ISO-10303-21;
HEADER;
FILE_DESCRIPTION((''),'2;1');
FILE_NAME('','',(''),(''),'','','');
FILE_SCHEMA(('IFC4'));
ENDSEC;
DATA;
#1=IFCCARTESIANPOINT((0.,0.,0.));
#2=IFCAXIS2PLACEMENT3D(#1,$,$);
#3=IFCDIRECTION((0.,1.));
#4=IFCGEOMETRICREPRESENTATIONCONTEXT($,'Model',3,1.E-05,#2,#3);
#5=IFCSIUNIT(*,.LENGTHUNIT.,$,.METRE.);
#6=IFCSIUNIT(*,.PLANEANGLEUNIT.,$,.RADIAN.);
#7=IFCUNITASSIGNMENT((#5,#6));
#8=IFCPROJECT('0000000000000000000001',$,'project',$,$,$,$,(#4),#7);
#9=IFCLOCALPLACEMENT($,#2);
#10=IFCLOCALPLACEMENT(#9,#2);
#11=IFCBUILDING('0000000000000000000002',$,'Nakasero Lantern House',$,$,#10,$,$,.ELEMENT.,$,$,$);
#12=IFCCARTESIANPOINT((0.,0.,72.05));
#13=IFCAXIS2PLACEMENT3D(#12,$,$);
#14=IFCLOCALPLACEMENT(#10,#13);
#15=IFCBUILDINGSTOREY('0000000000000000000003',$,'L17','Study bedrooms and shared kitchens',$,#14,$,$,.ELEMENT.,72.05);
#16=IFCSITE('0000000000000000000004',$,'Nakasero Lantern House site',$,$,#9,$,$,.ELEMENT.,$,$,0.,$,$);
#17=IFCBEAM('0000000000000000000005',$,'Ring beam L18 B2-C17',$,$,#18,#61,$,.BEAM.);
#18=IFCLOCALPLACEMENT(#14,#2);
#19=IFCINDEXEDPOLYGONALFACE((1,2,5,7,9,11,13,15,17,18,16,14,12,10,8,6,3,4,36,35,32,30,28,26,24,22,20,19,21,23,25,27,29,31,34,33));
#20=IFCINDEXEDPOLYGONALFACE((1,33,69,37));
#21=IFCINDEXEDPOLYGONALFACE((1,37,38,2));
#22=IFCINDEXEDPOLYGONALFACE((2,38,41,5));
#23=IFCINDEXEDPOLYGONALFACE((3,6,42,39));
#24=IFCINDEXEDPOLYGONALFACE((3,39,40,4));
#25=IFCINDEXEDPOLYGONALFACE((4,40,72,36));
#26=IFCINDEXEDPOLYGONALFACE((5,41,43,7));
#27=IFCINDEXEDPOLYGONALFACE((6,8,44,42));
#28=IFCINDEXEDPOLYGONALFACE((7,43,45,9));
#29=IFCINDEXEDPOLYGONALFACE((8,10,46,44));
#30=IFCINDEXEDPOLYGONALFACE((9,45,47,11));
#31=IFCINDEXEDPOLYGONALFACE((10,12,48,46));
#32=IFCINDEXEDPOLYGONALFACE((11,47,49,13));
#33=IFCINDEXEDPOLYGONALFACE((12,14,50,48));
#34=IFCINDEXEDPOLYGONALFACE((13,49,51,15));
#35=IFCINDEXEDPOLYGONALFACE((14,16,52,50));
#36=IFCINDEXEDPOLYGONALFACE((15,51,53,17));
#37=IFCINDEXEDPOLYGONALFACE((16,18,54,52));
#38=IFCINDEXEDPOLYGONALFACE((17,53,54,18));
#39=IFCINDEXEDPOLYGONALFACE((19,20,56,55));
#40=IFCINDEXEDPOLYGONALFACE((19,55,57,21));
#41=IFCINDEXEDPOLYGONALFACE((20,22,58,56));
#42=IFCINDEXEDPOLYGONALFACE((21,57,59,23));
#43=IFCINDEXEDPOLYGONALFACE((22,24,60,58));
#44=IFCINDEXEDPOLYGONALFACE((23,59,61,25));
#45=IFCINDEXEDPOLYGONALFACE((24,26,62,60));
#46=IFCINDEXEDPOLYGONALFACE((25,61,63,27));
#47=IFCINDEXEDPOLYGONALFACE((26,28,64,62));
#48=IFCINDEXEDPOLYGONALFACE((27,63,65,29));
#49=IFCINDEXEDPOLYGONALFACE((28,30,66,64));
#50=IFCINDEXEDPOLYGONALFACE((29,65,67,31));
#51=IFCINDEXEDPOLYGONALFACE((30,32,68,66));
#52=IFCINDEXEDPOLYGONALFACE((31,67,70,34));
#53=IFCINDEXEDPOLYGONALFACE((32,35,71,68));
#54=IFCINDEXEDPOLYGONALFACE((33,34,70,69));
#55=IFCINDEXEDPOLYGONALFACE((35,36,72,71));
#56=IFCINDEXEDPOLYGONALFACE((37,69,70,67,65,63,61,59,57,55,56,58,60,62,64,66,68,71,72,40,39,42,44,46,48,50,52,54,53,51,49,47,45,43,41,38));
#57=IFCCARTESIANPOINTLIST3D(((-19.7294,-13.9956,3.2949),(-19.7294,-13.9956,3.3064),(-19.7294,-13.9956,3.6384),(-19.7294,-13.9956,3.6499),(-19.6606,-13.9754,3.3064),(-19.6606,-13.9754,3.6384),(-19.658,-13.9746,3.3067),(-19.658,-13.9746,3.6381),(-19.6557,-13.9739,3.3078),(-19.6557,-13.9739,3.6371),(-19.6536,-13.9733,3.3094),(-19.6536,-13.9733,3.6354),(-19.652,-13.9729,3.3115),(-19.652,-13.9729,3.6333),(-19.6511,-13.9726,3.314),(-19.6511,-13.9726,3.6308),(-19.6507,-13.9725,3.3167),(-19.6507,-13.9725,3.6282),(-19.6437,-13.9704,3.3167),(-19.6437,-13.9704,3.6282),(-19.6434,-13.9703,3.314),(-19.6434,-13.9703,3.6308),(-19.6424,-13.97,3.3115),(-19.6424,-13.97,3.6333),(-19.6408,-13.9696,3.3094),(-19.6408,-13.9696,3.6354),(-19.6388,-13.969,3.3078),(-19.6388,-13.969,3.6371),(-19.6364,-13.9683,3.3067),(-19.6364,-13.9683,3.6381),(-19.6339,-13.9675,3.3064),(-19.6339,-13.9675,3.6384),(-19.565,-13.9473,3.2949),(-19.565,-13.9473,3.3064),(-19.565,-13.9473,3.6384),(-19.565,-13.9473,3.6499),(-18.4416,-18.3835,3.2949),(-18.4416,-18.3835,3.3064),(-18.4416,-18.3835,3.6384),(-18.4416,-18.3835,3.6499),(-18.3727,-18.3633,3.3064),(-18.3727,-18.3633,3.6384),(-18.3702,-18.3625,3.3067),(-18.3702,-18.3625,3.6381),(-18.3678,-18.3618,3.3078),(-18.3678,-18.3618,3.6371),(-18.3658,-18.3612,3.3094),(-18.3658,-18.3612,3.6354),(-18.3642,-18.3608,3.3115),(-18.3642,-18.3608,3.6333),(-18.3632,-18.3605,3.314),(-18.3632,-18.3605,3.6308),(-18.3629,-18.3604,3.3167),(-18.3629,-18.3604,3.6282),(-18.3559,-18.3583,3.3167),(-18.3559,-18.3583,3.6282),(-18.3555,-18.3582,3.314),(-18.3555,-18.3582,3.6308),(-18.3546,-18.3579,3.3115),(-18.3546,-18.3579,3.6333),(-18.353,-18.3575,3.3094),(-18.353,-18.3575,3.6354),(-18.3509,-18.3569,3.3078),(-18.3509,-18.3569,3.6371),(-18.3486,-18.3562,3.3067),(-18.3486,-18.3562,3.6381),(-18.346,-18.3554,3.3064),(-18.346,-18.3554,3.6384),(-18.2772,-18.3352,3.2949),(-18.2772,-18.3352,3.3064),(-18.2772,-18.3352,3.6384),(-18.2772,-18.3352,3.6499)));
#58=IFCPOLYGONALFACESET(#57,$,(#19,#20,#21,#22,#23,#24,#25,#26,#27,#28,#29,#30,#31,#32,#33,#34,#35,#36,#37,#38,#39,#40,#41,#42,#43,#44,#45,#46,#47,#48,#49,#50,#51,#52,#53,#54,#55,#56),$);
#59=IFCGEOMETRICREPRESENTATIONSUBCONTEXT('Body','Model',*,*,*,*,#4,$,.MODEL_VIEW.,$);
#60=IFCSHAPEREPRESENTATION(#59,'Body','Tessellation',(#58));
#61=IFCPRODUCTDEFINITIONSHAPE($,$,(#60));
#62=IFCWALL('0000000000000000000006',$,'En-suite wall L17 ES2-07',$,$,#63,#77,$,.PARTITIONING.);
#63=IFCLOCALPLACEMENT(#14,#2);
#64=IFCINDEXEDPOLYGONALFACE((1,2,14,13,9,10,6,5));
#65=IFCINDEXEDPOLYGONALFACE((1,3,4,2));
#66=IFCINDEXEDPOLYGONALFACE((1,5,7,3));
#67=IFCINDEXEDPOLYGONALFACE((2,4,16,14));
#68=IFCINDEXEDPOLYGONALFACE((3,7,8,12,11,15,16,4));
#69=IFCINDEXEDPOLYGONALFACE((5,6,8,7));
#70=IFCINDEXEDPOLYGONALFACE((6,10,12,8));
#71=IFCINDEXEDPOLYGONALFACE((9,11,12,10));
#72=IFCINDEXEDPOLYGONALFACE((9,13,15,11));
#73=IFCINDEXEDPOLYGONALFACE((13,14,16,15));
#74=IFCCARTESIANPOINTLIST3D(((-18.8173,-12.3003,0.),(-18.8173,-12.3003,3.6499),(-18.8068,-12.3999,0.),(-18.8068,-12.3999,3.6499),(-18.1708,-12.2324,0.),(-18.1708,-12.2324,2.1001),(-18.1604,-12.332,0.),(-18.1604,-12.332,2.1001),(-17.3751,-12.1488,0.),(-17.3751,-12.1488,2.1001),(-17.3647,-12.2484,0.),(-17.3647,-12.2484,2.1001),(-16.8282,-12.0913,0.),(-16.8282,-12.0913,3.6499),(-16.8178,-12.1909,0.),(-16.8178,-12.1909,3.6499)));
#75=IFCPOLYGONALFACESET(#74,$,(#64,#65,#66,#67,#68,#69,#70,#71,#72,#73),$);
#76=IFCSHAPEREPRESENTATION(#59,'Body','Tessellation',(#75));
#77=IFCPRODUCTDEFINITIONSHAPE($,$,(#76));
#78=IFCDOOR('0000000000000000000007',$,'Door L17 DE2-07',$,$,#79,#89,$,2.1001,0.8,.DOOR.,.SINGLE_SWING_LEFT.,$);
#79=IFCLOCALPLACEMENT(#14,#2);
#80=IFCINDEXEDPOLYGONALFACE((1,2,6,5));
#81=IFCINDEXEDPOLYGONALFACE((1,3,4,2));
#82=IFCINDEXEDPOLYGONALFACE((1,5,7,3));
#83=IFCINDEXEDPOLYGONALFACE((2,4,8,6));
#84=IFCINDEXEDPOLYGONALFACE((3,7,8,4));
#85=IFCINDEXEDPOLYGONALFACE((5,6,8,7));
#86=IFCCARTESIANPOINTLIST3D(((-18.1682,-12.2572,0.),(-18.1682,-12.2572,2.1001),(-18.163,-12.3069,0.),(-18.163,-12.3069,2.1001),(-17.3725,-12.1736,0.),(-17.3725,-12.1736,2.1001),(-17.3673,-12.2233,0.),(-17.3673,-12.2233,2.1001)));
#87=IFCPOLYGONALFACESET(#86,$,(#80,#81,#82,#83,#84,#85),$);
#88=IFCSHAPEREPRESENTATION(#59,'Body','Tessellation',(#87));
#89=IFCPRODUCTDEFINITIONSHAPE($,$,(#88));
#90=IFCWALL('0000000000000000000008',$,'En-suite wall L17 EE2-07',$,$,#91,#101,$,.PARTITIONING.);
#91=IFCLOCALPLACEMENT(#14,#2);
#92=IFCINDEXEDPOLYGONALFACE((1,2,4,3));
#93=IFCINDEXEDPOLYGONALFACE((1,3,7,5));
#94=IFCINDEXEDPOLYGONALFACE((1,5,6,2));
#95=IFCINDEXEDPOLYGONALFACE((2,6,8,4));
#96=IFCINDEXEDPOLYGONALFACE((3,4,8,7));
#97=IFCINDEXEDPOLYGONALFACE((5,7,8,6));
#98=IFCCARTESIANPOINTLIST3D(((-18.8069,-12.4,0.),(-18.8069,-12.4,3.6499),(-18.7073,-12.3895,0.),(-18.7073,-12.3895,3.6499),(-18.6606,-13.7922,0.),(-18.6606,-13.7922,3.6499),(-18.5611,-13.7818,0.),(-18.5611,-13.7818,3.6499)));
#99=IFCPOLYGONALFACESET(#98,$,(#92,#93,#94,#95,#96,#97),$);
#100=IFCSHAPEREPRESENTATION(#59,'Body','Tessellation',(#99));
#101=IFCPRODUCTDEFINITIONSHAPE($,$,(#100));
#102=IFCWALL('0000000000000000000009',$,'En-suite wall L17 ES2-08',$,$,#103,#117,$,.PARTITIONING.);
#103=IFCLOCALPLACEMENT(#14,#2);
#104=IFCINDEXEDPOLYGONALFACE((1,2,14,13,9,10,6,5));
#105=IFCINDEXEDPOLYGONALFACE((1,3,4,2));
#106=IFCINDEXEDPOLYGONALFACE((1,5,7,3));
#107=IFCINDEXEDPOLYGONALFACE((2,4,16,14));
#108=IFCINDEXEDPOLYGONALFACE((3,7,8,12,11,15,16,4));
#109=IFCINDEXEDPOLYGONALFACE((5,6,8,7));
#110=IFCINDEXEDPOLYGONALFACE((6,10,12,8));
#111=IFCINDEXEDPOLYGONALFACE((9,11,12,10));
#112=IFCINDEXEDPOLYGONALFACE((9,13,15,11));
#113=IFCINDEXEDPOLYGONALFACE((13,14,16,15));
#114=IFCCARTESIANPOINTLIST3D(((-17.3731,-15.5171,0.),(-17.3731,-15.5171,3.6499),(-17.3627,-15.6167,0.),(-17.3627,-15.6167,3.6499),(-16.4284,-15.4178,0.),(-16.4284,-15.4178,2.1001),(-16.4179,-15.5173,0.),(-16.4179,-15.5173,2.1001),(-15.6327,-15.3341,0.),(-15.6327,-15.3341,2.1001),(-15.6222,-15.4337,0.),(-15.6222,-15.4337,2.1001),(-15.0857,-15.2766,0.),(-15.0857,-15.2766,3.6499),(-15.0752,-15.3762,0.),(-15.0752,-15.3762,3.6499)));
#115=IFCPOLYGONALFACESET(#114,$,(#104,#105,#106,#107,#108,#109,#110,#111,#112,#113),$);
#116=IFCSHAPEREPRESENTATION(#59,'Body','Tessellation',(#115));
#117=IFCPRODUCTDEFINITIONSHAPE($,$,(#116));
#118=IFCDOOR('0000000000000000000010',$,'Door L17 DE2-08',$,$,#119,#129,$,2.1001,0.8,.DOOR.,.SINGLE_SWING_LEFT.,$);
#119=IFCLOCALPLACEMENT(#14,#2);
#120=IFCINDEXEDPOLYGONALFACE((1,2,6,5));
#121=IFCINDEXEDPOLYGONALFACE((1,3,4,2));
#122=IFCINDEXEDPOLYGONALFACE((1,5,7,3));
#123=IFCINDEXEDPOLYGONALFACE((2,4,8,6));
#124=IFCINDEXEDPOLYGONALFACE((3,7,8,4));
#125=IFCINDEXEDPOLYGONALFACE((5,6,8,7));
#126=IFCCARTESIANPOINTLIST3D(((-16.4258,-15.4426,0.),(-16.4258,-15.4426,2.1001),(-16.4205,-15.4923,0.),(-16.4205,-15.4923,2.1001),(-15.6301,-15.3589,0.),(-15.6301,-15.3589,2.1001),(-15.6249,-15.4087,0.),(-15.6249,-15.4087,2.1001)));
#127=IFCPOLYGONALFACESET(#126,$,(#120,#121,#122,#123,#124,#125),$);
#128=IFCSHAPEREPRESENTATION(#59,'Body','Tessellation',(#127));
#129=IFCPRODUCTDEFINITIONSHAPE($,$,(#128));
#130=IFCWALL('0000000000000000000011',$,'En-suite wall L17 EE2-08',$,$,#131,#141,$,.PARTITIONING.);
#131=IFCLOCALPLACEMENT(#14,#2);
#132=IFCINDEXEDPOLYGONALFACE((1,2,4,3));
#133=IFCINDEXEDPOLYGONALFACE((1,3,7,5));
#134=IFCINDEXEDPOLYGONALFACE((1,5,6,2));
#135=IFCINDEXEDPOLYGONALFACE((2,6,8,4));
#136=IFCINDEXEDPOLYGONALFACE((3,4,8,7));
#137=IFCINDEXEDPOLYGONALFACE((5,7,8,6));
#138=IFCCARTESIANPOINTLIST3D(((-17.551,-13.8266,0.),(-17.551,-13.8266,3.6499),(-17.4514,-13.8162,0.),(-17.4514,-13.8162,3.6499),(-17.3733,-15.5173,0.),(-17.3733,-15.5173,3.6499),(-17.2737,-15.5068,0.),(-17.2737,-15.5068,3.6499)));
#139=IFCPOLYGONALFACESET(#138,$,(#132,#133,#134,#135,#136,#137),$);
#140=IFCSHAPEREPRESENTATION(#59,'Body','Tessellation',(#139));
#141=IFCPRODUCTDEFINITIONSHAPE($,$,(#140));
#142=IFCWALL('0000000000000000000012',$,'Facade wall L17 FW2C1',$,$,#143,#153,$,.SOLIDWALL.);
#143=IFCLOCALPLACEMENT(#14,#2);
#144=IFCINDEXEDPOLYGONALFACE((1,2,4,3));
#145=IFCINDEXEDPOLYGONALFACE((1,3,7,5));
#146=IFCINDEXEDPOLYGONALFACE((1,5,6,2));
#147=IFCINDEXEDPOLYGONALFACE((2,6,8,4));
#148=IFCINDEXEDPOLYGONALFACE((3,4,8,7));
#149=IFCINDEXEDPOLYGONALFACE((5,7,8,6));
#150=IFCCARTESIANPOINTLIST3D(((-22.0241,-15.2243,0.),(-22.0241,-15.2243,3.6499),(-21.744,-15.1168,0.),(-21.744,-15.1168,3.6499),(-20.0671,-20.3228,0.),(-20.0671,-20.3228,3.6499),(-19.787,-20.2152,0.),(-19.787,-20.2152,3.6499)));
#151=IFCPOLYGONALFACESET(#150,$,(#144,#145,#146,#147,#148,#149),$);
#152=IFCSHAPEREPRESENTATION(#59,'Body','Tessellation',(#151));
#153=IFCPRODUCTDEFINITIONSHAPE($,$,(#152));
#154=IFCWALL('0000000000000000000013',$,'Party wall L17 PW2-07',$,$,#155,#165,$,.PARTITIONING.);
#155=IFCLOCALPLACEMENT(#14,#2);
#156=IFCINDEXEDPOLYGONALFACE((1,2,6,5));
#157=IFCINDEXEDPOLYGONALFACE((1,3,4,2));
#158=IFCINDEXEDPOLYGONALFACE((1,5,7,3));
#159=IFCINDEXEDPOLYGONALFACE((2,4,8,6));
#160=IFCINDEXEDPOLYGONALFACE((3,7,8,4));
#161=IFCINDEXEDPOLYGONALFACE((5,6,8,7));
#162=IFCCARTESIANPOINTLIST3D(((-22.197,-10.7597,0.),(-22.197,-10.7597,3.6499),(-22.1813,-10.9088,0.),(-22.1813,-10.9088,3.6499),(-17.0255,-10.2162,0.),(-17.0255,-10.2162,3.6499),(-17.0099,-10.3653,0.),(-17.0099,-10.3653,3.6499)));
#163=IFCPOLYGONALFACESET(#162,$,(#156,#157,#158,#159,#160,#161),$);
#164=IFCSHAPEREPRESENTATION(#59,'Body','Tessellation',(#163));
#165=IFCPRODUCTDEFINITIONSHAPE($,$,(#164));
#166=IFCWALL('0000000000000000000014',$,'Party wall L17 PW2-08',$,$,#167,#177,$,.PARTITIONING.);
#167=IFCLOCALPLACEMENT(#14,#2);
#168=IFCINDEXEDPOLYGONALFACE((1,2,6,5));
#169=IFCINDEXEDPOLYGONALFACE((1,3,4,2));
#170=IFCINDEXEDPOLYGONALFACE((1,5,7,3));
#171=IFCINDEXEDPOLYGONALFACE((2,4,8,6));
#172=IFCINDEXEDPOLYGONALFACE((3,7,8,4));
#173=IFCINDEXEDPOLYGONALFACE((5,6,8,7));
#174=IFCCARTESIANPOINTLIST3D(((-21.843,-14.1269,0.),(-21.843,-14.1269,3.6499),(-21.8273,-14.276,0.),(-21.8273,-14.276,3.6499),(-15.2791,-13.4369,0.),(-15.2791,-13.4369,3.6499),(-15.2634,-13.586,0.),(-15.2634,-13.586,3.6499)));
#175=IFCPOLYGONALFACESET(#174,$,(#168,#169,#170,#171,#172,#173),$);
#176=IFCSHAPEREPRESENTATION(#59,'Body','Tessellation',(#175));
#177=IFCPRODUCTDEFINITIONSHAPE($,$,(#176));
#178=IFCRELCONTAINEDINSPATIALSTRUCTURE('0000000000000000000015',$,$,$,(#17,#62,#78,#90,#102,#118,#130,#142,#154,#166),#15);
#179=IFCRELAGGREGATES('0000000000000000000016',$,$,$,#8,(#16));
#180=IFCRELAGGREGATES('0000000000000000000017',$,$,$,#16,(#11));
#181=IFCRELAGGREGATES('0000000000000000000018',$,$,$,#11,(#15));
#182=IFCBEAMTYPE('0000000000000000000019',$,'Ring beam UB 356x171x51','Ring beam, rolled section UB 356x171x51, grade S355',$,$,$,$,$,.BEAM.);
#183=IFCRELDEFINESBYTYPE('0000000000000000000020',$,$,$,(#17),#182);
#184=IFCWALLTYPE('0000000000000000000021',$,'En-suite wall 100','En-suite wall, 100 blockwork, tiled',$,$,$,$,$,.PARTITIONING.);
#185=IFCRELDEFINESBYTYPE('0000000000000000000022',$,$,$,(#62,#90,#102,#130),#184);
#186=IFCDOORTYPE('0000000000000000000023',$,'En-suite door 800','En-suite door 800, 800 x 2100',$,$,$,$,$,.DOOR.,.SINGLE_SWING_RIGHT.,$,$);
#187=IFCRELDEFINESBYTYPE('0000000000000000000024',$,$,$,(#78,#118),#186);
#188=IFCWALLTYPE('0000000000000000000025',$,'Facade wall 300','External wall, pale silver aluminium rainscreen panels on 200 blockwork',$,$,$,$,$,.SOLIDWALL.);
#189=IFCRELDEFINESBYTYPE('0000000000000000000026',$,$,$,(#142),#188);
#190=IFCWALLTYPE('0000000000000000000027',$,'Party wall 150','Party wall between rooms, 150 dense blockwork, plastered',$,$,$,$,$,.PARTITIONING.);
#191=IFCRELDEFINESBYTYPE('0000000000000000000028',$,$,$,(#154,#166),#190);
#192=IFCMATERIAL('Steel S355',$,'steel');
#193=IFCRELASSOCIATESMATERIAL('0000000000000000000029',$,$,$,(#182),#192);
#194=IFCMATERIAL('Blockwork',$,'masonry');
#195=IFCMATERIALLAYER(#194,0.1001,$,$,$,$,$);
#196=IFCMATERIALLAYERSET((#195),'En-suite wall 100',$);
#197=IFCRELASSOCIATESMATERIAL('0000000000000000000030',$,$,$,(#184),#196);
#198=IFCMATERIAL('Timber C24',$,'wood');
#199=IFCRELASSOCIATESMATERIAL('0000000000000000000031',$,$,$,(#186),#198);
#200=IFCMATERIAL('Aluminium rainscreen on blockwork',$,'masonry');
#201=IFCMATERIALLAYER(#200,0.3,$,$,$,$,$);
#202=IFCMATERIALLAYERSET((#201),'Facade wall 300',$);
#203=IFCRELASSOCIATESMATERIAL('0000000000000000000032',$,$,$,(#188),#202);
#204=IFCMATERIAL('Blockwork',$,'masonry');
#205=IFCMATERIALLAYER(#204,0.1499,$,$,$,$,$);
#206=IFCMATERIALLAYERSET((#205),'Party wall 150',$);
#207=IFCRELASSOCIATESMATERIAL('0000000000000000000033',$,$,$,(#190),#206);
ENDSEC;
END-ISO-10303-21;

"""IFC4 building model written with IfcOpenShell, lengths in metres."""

from ifc_helpers import new_model, si_unit, direction, frame, frame_2d, origin, origin_2d, place, context, subcontext, project, spatial, rectangle, i_section, extrude, material, layer, layer_set, material_profile, profile_set, type_object, element, fill, save


model = new_model("IFC4")

# Units and contexts
model_context = context("Model", 3, precision=1e-05, world=origin(), true_north=direction((0.0, 1.0)))
body_context = subcontext(model_context, "Body", "Model", "MODEL_VIEW")
ifc_project = project(units=[si_unit("LENGTHUNIT", "METRE"), si_unit("PLANEANGLEUNIT", "RADIAN")], contexts=[model_context])

# Site, building, storey
site_placement = place(None, origin())
site = spatial("IfcSite", under=ifc_project, at=site_placement, Name="Nakasero Lantern House site", CompositionType="ELEMENT", RefElevation=0.0)
building_placement = place(site_placement, origin())
building = spatial("IfcBuilding", under=site, at=building_placement, Name="Nakasero Lantern House", CompositionType="ELEMENT")
storey_placement = place(building_placement, frame((0.0, 0.0, 72.05)))
storey = spatial("IfcBuildingStorey", under=building, at=storey_placement, Name="L17", Description="Study bedrooms and shared kitchens", CompositionType="ELEMENT", Elevation=72.05)

# Beam
ifc_material_1 = material(Name="Steel S355", Category="steel")
ifc_material_profile_1 = material_profile(ifc_material_1, i_section(OverallWidth=0.1714, OverallDepth=0.355, WebThickness=0.0073, FlangeThickness=0.0115, FilletRadius=0.0103, at=origin_2d()), Name="UB 356x171x51")
ifc_profile_set_1 = profile_set([ifc_material_profile_1], Name="Steel S355")
beam_type_1 = type_object("IfcBeamType", Name="Ring beam UB 356x171x51", Description="Ring beam, rolled section UB 356x171x51, grade S355", PredefinedType="BEAM", material=ifc_profile_set_1)
beam_1_placement = place(storey_placement, frame((-19.6472, -13.9714, 3.4724), z_axis=(0.281617, -0.959527, 0.0), x_axis=(0.959527, 0.281617, 0.0)))
element("IfcBeam", 1, at=beam_1_placement, inside=storey, type_object=beam_type_1, Name="Ring beam L18 B2-C17", PredefinedType="BEAM", context=body_context, shape_type="SweptSolid", body=[
    extrude(i_section(OverallWidth=0.1714, OverallDepth=0.355, WebThickness=0.0073, FlangeThickness=0.0115, FilletRadius=0.0103, at=origin_2d()), origin(), (0.0, 0.0, 1.0), 4.573),
])

# Wall, opening, door
ifc_material_2 = material(Name="Blockwork", Category="masonry")
ifc_layer_1 = layer(ifc_material_2, 0.1001)
ifc_layer_set_1 = layer_set([ifc_layer_1], Name="En-suite wall 100")
wall_type_1 = type_object("IfcWallType", Name="En-suite wall 100", Description="En-suite wall, 100 blockwork, tiled", PredefinedType="PARTITIONING", material=ifc_layer_set_1)
wall_1_placement = place(storey_placement, frame((-16.823, -12.1411, 0.0), z_axis=(0.0, 0.0, 1.0), x_axis=(-0.994526, -0.104494, 0.0)))
wall_1 = element("IfcWall", 2, at=wall_1_placement, inside=storey, type_object=wall_type_1, Name="En-suite wall L17 ES2-07", PredefinedType="PARTITIONING", context=body_context, shape_type="SweptSolid", body=[
    extrude(rectangle(XDim=2.0, YDim=0.1001, at=frame_2d((1.0, 0.0))), origin(), (0.0, 0.0, 1.0), 3.6499),
])
opening_1_placement = place(wall_1_placement, frame((0.55, 0.0, 0.0)))
opening_1 = element("IfcOpeningElement", 3, at=opening_1_placement, cuts=wall_1, PredefinedType="OPENING", context=body_context, shape_type="SweptSolid", body=[
    extrude(rectangle(XDim=0.8, YDim=2.1001, at=frame_2d((0.3999, 1.05))), frame((0.0, 0.0701, 0.0), z_axis=(0.0, -1.0, 0.0), x_axis=(1.0, 0.0, 0.0)), (0.0, 0.0, 1.0), 0.1401),
])
ifc_material_3 = material(Name="Timber C24", Category="wood")
door_type = type_object("IfcDoorType", Name="En-suite door 800", Description="En-suite door 800, 800 x 2100", OperationType="SINGLE_SWING_RIGHT", PredefinedType="DOOR", material=ifc_material_3)
door_1_placement = place(opening_1_placement, origin())
door_1 = element("IfcDoor", 4, at=door_1_placement, inside=storey, type_object=door_type, Name="Door L17 DE2-07", OperationType="SINGLE_SWING_LEFT", OverallHeight=2.1001, OverallWidth=0.8, PredefinedType="DOOR", context=body_context, shape_type="SweptSolid", body=[
    extrude(rectangle(XDim=0.8, YDim=2.1001, at=frame_2d((0.3999, 1.05))), frame((0.0, 0.0249, 0.0), z_axis=(0.0, -1.0, 0.0), x_axis=(1.0, 0.0, 0.0)), (0.0, 0.0, 1.0), 0.05),
])
fill(opening_1, door_1)

# Wall
wall_2_placement = place(storey_placement, frame((-18.7571, -12.3948, 0.0), z_axis=(0.0, 0.0, 1.0), x_axis=(0.104458, -0.994529, 0.0)))
element("IfcWall", 5, at=wall_2_placement, inside=storey, type_object=wall_type_1, Name="En-suite wall L17 EE2-07", PredefinedType="PARTITIONING", context=body_context, shape_type="SweptSolid", body=[
    extrude(rectangle(XDim=1.3999, YDim=0.1001, at=frame_2d((0.7, 0.0))), origin(), (0.0, 0.0, 1.0), 3.6499),
])

# Wall, opening, door
wall_3_placement = place(storey_placement, frame((-15.0806, -15.3264, 0.0), z_axis=(0.0, 0.0, 1.0), x_axis=(-0.994519, -0.104558, 0.0)))
wall_3 = element("IfcWall", 6, at=wall_3_placement, inside=storey, type_object=wall_type_1, Name="En-suite wall L17 ES2-08", PredefinedType="PARTITIONING", context=body_context, shape_type="SweptSolid", body=[
    extrude(rectangle(XDim=2.3, YDim=0.1001, at=frame_2d((1.1499, 0.0))), origin(), (0.0, 0.0, 1.0), 3.6499),
])
opening_2_placement = place(wall_3_placement, frame((0.55, 0.0, 0.0)))
opening_2 = element("IfcOpeningElement", 7, at=opening_2_placement, cuts=wall_3, PredefinedType="OPENING", context=body_context, shape_type="SweptSolid", body=[
    extrude(rectangle(XDim=0.8, YDim=2.1001, at=frame_2d((0.3999, 1.05))), frame((0.0, 0.0701, 0.0), z_axis=(0.0, -1.0, 0.0), x_axis=(1.0, 0.0, 0.0)), (0.0, 0.0, 1.0), 0.1401),
])
door_2_placement = place(opening_2_placement, origin())
door_2 = element("IfcDoor", 8, at=door_2_placement, inside=storey, type_object=door_type, Name="Door L17 DE2-08", OperationType="SINGLE_SWING_LEFT", OverallHeight=2.1001, OverallWidth=0.8, PredefinedType="DOOR", context=body_context, shape_type="SweptSolid", body=[
    extrude(rectangle(XDim=0.8, YDim=2.1001, at=frame_2d((0.3999, 1.05))), frame((0.0, 0.0249, 0.0), z_axis=(0.0, -1.0, 0.0), x_axis=(1.0, 0.0, 0.0)), (0.0, 0.0, 1.0), 0.05),
])
fill(opening_2, door_2)

# Walls
wall_4_placement = place(storey_placement, frame((-17.5012, -13.8213, 0.0), z_axis=(0.0, 0.0, 1.0), x_axis=(0.10455, -0.99452, 0.0)))
element("IfcWall", 9, at=wall_4_placement, inside=storey, type_object=wall_type_1, Name="En-suite wall L17 EE2-08", PredefinedType="PARTITIONING", context=body_context, shape_type="SweptSolid", body=[
    extrude(rectangle(XDim=1.7, YDim=0.1001, at=frame_2d((0.8501, 0.0))), origin(), (0.0, 0.0, 1.0), 3.6499),
])
ifc_material_4 = material(Name="Aluminium rainscreen on blockwork", Category="masonry")
ifc_layer_2 = layer(ifc_material_4, 0.3)
ifc_layer_set_2 = layer_set([ifc_layer_2], Name="Facade wall 300")
wall_type_2 = type_object("IfcWallType", Name="Facade wall 300", Description="External wall, pale silver aluminium rainscreen panels on 200 blockwork", PredefinedType="SOLIDWALL", material=ifc_layer_set_2)
wall_5_placement = place(storey_placement, frame((-21.884, -15.1707, 0.0), z_axis=(0.0, 0.0, 1.0), x_axis=(0.358359, -0.933584, 0.0)))
element("IfcWall", 10, at=wall_5_placement, inside=storey, type_object=wall_type_2, Name="Facade wall L17 FW2C1", PredefinedType="SOLIDWALL", context=body_context, shape_type="SweptSolid", body=[
    extrude(rectangle(XDim=5.4612, YDim=0.3, at=frame_2d((2.7305, 0.0))), origin(), (0.0, 0.0, 1.0), 3.6499),
])
ifc_material_5 = material(Name="Blockwork", Category="masonry")
ifc_layer_3 = layer(ifc_material_5, 0.1499)
ifc_layer_set_3 = layer_set([ifc_layer_3], Name="Party wall 150")
wall_type_3 = type_object("IfcWallType", Name="Party wall 150", Description="Party wall between rooms, 150 dense blockwork, plastered", PredefinedType="PARTITIONING", material=ifc_layer_set_3)
wall_6_placement = place(storey_placement, frame((-17.0176, -10.2908, 0.0), z_axis=(0.0, 0.0, 1.0), x_axis=(-0.994523, -0.104514, 0.0)))
element("IfcWall", 11, at=wall_6_placement, inside=storey, type_object=wall_type_3, Name="Party wall L17 PW2-07", PredefinedType="PARTITIONING", context=body_context, shape_type="SweptSolid", body=[
    extrude(rectangle(XDim=5.2, YDim=0.1499, at=frame_2d((2.6001, 0.0))), origin(), (0.0, 0.0, 1.0), 3.6499),
])
wall_7_placement = place(storey_placement, frame((-15.2712, -13.5115, 0.0), z_axis=(0.0, 0.0, 1.0), x_axis=(-0.994521, -0.104535, 0.0)))
element("IfcWall", 12, at=wall_7_placement, inside=storey, type_object=wall_type_3, Name="Party wall L17 PW2-08", PredefinedType="PARTITIONING", context=body_context, shape_type="SweptSolid", body=[
    extrude(rectangle(XDim=6.6001, YDim=0.1499, at=frame_2d((3.3, 0.0))), origin(), (0.0, 0.0, 1.0), 3.6499),
])

save(model, "model.ifc")
